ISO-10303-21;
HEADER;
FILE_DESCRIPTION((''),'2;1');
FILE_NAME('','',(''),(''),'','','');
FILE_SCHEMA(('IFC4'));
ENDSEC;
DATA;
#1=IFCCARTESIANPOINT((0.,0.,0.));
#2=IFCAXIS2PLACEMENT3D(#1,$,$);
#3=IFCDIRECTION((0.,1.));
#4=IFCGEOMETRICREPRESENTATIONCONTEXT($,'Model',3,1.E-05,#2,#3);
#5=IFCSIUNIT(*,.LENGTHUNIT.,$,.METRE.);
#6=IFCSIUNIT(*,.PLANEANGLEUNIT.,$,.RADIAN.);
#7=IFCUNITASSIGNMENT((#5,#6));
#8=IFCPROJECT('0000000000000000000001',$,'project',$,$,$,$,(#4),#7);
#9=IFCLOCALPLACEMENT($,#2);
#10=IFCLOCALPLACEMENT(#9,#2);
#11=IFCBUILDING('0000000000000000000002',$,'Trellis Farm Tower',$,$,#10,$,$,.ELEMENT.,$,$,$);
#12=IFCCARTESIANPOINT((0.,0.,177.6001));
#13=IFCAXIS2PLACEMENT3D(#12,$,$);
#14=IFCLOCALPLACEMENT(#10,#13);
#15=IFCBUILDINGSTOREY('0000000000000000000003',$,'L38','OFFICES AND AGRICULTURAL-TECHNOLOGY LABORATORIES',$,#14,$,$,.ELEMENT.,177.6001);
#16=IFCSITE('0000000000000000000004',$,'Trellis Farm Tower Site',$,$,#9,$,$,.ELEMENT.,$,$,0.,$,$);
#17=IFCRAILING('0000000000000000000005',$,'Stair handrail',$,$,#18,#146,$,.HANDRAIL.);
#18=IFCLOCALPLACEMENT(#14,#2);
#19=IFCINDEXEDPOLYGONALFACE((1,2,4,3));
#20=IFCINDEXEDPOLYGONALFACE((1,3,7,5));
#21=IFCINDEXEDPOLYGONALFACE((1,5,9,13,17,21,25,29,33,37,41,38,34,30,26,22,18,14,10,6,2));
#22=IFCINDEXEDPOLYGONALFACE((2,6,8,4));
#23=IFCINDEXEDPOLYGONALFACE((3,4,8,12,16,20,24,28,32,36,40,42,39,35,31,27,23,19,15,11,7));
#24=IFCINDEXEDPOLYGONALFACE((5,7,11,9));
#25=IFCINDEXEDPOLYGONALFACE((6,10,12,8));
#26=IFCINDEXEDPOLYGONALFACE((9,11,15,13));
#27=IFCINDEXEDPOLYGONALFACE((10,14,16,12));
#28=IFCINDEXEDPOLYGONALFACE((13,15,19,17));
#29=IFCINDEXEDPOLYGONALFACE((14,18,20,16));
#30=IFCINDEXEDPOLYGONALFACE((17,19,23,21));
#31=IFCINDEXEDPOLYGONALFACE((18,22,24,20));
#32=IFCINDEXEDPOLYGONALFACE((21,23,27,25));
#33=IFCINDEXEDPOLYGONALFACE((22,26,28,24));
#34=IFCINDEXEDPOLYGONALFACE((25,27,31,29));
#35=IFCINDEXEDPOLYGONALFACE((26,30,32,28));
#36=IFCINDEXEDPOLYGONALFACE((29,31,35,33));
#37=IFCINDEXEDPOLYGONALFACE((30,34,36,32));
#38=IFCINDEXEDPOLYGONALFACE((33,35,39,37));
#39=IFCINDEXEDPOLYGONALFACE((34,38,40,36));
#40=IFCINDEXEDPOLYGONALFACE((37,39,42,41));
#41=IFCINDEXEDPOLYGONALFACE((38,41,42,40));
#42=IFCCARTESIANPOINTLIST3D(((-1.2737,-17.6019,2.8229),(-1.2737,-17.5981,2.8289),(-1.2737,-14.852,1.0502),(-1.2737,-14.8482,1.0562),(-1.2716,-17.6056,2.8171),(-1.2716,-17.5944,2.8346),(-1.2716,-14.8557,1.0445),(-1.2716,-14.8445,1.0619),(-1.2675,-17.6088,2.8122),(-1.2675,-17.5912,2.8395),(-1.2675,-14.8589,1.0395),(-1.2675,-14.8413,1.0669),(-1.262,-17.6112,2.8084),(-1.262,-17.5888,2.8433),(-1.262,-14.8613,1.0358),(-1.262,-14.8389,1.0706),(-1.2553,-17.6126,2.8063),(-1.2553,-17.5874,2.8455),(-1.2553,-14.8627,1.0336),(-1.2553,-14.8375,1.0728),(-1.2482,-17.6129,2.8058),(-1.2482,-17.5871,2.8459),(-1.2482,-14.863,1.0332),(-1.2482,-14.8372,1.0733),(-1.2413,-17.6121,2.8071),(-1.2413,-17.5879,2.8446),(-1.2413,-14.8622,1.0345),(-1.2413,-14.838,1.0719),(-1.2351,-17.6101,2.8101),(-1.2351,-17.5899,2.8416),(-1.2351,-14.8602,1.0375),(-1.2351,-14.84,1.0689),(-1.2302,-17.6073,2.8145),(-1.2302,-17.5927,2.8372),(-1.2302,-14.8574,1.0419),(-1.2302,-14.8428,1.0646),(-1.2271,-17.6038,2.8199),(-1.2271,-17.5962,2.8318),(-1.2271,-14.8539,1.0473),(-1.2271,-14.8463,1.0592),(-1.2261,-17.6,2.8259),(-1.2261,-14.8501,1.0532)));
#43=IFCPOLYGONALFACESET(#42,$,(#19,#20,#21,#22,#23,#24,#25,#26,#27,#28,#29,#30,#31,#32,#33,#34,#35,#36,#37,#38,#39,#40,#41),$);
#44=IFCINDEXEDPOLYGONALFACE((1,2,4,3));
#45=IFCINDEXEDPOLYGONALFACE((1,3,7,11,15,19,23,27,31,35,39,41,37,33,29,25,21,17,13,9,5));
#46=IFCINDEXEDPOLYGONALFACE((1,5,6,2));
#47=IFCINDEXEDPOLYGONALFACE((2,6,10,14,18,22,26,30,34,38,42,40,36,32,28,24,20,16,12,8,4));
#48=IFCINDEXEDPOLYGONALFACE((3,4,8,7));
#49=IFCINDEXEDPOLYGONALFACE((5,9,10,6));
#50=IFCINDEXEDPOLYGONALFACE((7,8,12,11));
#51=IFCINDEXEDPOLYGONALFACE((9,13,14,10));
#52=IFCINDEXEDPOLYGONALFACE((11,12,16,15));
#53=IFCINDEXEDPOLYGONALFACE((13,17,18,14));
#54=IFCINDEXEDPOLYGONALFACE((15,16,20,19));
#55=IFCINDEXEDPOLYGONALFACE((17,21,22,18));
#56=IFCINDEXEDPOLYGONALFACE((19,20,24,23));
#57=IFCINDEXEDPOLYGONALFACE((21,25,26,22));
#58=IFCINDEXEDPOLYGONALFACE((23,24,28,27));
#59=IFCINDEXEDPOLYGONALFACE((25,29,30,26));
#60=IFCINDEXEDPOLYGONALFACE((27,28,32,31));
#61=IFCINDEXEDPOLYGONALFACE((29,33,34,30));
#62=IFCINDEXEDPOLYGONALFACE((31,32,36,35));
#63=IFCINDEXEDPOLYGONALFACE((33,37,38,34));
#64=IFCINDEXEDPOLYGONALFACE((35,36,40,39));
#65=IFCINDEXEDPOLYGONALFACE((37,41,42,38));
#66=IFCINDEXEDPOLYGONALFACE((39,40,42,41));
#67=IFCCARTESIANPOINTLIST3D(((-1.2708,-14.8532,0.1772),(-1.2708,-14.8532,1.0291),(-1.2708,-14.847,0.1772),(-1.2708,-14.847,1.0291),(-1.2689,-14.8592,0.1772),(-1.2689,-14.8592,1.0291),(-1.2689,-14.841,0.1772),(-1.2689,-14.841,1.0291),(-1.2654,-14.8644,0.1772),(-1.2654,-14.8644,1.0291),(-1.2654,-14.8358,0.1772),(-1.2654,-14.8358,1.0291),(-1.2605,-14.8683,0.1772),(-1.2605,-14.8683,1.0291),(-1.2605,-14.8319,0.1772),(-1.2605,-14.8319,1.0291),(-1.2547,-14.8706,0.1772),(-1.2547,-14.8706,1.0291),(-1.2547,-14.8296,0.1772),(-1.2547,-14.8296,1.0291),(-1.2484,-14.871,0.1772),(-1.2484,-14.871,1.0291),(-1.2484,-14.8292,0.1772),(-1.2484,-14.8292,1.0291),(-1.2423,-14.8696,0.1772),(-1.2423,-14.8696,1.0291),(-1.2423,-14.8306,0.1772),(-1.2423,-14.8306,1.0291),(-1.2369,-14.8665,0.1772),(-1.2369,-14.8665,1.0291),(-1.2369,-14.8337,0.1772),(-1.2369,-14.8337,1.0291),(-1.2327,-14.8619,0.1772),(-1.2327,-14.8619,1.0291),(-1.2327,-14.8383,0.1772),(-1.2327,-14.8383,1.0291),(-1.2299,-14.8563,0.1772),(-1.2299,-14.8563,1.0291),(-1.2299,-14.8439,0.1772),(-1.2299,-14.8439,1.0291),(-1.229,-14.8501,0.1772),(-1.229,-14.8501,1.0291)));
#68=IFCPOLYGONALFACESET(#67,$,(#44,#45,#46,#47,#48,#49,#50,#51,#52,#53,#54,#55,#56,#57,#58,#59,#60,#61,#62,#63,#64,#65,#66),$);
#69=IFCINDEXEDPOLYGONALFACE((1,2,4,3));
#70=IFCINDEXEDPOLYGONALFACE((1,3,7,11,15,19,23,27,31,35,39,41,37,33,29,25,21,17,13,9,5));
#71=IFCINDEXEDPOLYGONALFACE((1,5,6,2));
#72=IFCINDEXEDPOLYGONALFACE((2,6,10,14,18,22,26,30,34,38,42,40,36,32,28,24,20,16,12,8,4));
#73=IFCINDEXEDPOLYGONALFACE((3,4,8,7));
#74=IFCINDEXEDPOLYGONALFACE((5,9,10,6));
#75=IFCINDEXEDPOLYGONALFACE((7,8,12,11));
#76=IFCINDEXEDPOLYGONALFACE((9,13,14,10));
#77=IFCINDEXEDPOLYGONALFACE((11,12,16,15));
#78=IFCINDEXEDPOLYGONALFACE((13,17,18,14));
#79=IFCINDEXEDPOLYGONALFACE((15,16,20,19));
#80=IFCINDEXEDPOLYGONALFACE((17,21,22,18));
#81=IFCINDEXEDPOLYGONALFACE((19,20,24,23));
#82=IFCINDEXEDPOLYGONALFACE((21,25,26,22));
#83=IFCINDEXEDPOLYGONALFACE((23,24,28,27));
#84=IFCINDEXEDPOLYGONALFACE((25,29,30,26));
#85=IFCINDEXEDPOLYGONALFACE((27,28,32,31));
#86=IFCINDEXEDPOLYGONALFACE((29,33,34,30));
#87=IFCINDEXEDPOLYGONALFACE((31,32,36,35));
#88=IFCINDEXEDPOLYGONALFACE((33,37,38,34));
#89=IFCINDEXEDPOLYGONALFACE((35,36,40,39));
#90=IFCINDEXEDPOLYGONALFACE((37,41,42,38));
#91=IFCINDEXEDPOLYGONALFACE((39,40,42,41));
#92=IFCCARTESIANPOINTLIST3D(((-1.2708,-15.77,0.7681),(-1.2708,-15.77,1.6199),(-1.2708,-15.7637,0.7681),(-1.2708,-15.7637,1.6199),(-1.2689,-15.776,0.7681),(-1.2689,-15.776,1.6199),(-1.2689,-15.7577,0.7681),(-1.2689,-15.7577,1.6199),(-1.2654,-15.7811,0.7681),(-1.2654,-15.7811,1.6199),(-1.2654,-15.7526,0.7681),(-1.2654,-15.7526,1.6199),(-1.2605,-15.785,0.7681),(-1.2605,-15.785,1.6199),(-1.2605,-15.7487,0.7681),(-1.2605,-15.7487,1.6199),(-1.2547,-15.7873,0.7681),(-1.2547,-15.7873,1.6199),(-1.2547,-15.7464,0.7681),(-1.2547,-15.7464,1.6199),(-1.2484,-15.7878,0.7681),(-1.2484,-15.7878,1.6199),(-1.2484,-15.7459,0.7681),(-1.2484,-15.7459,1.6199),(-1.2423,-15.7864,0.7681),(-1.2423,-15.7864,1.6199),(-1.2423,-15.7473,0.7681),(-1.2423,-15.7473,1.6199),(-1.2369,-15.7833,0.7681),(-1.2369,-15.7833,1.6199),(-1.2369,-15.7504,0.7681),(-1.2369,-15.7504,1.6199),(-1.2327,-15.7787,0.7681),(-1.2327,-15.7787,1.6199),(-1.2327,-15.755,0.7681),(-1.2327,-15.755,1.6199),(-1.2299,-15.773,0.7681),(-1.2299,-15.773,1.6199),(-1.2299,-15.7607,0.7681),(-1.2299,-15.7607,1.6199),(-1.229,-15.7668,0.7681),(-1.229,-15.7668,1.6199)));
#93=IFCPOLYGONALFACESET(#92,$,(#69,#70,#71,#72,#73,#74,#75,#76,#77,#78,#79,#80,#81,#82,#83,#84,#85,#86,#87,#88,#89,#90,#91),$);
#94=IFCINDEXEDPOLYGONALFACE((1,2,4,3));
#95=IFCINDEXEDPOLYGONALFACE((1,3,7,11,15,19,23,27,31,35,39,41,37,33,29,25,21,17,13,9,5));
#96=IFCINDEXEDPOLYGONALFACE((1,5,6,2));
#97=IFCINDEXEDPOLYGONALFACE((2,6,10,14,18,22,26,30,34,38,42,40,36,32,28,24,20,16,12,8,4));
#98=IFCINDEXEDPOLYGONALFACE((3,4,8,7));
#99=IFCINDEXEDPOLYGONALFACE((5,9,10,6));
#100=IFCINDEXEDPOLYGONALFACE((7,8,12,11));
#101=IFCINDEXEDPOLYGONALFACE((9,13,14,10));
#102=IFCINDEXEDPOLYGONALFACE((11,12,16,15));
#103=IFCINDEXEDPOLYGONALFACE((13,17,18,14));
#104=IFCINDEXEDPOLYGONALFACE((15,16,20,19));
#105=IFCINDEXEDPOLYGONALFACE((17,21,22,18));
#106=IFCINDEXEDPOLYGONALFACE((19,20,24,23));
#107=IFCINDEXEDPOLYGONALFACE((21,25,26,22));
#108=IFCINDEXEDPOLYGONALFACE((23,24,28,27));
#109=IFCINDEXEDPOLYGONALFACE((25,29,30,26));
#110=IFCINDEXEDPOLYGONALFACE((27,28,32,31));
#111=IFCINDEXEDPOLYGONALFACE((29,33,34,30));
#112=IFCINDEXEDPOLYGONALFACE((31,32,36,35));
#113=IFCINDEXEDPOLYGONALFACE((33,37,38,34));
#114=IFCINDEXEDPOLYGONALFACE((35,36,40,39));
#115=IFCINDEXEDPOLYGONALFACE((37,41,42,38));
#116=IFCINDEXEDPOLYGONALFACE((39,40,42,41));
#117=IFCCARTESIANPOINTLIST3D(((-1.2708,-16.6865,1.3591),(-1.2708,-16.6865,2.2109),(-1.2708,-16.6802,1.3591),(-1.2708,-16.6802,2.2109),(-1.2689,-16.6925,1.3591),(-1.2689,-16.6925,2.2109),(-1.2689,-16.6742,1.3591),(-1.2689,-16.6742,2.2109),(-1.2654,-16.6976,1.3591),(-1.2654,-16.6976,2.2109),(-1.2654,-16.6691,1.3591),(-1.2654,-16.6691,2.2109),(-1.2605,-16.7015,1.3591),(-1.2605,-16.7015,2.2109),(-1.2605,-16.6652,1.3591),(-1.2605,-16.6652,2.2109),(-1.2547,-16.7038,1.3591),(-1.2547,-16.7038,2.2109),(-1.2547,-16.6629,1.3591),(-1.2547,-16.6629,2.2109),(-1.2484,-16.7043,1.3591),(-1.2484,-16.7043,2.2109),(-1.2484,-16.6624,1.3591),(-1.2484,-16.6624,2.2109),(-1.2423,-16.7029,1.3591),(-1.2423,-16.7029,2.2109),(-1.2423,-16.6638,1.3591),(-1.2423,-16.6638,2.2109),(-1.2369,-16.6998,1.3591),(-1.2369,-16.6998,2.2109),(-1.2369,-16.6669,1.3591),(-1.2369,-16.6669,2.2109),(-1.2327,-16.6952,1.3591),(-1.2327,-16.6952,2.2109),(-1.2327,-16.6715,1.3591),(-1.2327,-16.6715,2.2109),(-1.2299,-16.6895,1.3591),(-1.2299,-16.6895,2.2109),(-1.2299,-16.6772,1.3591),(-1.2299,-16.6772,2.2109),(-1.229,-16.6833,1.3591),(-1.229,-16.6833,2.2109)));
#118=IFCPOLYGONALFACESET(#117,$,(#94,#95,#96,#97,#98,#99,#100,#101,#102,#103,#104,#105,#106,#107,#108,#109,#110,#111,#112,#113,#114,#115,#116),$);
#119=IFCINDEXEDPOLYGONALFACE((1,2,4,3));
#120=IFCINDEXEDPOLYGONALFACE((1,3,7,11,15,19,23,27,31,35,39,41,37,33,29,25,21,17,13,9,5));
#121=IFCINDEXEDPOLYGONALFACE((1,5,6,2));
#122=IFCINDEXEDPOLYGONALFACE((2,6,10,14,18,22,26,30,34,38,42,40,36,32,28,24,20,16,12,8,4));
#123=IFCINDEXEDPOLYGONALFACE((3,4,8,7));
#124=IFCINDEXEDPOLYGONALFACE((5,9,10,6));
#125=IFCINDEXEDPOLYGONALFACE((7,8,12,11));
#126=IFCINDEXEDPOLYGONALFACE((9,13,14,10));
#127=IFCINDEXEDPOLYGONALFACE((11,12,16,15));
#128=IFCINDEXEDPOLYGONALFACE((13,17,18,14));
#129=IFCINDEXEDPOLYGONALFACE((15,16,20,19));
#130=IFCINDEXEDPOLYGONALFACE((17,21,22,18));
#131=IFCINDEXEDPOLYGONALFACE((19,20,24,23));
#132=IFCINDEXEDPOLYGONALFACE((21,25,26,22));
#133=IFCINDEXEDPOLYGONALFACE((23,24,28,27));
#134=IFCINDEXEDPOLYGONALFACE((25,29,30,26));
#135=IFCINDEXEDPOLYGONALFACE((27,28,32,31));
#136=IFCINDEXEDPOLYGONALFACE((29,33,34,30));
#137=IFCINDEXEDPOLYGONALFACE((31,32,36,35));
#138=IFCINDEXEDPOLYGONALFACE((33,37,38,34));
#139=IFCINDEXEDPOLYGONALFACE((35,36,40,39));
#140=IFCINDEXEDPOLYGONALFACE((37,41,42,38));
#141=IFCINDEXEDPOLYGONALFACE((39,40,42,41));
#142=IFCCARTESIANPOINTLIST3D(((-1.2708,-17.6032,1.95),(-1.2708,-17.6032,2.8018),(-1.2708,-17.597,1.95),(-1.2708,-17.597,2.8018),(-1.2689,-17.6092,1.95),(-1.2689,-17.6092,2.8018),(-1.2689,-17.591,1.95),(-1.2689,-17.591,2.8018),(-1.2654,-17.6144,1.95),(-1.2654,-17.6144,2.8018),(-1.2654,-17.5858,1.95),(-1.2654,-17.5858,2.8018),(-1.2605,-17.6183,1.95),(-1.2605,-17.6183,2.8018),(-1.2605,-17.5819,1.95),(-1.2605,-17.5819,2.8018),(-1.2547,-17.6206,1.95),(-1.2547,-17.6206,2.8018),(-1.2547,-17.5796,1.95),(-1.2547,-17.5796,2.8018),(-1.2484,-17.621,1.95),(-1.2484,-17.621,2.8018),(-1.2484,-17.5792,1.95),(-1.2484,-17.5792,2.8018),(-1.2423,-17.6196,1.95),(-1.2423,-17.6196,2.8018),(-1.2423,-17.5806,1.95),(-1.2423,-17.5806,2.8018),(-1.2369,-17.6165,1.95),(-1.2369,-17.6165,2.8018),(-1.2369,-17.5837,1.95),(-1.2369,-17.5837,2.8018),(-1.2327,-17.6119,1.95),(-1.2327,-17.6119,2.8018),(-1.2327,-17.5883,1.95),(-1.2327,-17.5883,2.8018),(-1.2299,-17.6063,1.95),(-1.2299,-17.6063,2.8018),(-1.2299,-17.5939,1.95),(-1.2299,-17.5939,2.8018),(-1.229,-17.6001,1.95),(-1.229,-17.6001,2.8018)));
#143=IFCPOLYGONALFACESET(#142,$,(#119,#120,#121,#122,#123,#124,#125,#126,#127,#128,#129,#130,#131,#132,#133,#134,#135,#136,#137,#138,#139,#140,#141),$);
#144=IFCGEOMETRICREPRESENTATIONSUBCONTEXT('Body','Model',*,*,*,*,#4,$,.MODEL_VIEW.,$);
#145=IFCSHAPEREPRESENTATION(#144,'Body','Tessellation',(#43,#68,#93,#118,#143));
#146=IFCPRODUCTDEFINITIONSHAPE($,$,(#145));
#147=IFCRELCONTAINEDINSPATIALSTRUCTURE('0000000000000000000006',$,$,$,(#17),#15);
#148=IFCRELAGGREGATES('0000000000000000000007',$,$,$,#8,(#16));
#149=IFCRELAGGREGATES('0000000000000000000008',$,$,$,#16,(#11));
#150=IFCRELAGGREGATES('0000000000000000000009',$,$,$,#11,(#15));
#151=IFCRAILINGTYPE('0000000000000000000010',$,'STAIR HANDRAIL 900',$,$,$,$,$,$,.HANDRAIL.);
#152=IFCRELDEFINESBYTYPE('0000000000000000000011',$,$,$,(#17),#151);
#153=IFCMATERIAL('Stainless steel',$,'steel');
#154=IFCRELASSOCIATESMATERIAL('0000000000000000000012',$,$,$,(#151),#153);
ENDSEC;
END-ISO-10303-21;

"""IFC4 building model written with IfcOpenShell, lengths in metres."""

from ifc_helpers import new_model, si_unit, direction, frame, origin, origin_2d, place, context, subcontext, project, spatial, circle, extrude, source, transform, mapped, material, type_object, element, save


model = new_model("IFC4")

# Units and contexts
model_context = context("Model", 3, precision=1e-05, world=origin(), true_north=direction((0.0, 1.0)))
body_context = subcontext(model_context, "Body", "Model", "MODEL_VIEW")
ifc_project = project(units=[si_unit("LENGTHUNIT", "METRE"), si_unit("PLANEANGLEUNIT", "RADIAN")], contexts=[model_context])

# Site, building, storey
site_placement = place(None, origin())
site = spatial("IfcSite", under=ifc_project, at=site_placement, Name="Trellis Farm Tower Site", CompositionType="ELEMENT", RefElevation=0.0)
building_placement = place(site_placement, origin())
building = spatial("IfcBuilding", under=site, at=building_placement, Name="Trellis Farm Tower", CompositionType="ELEMENT")
storey_placement = place(building_placement, frame((0.0, 0.0, 177.6001)))
storey = spatial("IfcBuildingStorey", under=building, at=storey_placement, Name="L38", Description="OFFICES AND AGRICULTURAL-TECHNOLOGY LABORATORIES", CompositionType="ELEMENT", Elevation=177.6001)

# Railing
ifc_material_1 = material(Name="Stainless steel", Category="steel")
railing_type = type_object("IfcRailingType", Name="STAIR HANDRAIL 900", PredefinedType="HANDRAIL", material=ifc_material_1)
shared_shape_1 = source(origin(), body_context, "Body", "SweptSolid", [
    extrude(circle(Radius=0.0239, at=origin_2d()), frame((0.0, 0.0, 0.876), z_axis=(0.0, -0.840504, 0.541806), x_axis=(1.0, 0.0, 0.0)), (0.0, 0.0, 1.0), 3.2717),
    extrude(circle(Radius=0.021, at=origin_2d()), origin(), (0.0, 0.0, 1.0), 0.8518),
    extrude(circle(Radius=0.021, at=origin_2d()), frame((0.0, -0.9167, 0.5908)), (0.0, 0.0, 1.0), 0.8518),
    extrude(circle(Radius=0.021, at=origin_2d()), frame((0.0, -1.8333, 1.1819)), (0.0, 0.0, 1.0), 0.8518),
    extrude(circle(Radius=0.021, at=origin_2d()), frame((0.0, -2.75, 1.7727)), (0.0, 0.0, 1.0), 0.8518),
])
railing_placement = place(storey_placement, frame((-1.25, -14.8501, 0.1772)))
element("IfcRailing", 1, at=railing_placement, inside=storey, type_object=railing_type, Name="Stair handrail", PredefinedType="HANDRAIL", context=body_context, shape_type="MappedRepresentation", body=[
    mapped(shared_shape_1, transform((0.0, 0.0, 0.0))),
])

save(model, "model.ifc")
